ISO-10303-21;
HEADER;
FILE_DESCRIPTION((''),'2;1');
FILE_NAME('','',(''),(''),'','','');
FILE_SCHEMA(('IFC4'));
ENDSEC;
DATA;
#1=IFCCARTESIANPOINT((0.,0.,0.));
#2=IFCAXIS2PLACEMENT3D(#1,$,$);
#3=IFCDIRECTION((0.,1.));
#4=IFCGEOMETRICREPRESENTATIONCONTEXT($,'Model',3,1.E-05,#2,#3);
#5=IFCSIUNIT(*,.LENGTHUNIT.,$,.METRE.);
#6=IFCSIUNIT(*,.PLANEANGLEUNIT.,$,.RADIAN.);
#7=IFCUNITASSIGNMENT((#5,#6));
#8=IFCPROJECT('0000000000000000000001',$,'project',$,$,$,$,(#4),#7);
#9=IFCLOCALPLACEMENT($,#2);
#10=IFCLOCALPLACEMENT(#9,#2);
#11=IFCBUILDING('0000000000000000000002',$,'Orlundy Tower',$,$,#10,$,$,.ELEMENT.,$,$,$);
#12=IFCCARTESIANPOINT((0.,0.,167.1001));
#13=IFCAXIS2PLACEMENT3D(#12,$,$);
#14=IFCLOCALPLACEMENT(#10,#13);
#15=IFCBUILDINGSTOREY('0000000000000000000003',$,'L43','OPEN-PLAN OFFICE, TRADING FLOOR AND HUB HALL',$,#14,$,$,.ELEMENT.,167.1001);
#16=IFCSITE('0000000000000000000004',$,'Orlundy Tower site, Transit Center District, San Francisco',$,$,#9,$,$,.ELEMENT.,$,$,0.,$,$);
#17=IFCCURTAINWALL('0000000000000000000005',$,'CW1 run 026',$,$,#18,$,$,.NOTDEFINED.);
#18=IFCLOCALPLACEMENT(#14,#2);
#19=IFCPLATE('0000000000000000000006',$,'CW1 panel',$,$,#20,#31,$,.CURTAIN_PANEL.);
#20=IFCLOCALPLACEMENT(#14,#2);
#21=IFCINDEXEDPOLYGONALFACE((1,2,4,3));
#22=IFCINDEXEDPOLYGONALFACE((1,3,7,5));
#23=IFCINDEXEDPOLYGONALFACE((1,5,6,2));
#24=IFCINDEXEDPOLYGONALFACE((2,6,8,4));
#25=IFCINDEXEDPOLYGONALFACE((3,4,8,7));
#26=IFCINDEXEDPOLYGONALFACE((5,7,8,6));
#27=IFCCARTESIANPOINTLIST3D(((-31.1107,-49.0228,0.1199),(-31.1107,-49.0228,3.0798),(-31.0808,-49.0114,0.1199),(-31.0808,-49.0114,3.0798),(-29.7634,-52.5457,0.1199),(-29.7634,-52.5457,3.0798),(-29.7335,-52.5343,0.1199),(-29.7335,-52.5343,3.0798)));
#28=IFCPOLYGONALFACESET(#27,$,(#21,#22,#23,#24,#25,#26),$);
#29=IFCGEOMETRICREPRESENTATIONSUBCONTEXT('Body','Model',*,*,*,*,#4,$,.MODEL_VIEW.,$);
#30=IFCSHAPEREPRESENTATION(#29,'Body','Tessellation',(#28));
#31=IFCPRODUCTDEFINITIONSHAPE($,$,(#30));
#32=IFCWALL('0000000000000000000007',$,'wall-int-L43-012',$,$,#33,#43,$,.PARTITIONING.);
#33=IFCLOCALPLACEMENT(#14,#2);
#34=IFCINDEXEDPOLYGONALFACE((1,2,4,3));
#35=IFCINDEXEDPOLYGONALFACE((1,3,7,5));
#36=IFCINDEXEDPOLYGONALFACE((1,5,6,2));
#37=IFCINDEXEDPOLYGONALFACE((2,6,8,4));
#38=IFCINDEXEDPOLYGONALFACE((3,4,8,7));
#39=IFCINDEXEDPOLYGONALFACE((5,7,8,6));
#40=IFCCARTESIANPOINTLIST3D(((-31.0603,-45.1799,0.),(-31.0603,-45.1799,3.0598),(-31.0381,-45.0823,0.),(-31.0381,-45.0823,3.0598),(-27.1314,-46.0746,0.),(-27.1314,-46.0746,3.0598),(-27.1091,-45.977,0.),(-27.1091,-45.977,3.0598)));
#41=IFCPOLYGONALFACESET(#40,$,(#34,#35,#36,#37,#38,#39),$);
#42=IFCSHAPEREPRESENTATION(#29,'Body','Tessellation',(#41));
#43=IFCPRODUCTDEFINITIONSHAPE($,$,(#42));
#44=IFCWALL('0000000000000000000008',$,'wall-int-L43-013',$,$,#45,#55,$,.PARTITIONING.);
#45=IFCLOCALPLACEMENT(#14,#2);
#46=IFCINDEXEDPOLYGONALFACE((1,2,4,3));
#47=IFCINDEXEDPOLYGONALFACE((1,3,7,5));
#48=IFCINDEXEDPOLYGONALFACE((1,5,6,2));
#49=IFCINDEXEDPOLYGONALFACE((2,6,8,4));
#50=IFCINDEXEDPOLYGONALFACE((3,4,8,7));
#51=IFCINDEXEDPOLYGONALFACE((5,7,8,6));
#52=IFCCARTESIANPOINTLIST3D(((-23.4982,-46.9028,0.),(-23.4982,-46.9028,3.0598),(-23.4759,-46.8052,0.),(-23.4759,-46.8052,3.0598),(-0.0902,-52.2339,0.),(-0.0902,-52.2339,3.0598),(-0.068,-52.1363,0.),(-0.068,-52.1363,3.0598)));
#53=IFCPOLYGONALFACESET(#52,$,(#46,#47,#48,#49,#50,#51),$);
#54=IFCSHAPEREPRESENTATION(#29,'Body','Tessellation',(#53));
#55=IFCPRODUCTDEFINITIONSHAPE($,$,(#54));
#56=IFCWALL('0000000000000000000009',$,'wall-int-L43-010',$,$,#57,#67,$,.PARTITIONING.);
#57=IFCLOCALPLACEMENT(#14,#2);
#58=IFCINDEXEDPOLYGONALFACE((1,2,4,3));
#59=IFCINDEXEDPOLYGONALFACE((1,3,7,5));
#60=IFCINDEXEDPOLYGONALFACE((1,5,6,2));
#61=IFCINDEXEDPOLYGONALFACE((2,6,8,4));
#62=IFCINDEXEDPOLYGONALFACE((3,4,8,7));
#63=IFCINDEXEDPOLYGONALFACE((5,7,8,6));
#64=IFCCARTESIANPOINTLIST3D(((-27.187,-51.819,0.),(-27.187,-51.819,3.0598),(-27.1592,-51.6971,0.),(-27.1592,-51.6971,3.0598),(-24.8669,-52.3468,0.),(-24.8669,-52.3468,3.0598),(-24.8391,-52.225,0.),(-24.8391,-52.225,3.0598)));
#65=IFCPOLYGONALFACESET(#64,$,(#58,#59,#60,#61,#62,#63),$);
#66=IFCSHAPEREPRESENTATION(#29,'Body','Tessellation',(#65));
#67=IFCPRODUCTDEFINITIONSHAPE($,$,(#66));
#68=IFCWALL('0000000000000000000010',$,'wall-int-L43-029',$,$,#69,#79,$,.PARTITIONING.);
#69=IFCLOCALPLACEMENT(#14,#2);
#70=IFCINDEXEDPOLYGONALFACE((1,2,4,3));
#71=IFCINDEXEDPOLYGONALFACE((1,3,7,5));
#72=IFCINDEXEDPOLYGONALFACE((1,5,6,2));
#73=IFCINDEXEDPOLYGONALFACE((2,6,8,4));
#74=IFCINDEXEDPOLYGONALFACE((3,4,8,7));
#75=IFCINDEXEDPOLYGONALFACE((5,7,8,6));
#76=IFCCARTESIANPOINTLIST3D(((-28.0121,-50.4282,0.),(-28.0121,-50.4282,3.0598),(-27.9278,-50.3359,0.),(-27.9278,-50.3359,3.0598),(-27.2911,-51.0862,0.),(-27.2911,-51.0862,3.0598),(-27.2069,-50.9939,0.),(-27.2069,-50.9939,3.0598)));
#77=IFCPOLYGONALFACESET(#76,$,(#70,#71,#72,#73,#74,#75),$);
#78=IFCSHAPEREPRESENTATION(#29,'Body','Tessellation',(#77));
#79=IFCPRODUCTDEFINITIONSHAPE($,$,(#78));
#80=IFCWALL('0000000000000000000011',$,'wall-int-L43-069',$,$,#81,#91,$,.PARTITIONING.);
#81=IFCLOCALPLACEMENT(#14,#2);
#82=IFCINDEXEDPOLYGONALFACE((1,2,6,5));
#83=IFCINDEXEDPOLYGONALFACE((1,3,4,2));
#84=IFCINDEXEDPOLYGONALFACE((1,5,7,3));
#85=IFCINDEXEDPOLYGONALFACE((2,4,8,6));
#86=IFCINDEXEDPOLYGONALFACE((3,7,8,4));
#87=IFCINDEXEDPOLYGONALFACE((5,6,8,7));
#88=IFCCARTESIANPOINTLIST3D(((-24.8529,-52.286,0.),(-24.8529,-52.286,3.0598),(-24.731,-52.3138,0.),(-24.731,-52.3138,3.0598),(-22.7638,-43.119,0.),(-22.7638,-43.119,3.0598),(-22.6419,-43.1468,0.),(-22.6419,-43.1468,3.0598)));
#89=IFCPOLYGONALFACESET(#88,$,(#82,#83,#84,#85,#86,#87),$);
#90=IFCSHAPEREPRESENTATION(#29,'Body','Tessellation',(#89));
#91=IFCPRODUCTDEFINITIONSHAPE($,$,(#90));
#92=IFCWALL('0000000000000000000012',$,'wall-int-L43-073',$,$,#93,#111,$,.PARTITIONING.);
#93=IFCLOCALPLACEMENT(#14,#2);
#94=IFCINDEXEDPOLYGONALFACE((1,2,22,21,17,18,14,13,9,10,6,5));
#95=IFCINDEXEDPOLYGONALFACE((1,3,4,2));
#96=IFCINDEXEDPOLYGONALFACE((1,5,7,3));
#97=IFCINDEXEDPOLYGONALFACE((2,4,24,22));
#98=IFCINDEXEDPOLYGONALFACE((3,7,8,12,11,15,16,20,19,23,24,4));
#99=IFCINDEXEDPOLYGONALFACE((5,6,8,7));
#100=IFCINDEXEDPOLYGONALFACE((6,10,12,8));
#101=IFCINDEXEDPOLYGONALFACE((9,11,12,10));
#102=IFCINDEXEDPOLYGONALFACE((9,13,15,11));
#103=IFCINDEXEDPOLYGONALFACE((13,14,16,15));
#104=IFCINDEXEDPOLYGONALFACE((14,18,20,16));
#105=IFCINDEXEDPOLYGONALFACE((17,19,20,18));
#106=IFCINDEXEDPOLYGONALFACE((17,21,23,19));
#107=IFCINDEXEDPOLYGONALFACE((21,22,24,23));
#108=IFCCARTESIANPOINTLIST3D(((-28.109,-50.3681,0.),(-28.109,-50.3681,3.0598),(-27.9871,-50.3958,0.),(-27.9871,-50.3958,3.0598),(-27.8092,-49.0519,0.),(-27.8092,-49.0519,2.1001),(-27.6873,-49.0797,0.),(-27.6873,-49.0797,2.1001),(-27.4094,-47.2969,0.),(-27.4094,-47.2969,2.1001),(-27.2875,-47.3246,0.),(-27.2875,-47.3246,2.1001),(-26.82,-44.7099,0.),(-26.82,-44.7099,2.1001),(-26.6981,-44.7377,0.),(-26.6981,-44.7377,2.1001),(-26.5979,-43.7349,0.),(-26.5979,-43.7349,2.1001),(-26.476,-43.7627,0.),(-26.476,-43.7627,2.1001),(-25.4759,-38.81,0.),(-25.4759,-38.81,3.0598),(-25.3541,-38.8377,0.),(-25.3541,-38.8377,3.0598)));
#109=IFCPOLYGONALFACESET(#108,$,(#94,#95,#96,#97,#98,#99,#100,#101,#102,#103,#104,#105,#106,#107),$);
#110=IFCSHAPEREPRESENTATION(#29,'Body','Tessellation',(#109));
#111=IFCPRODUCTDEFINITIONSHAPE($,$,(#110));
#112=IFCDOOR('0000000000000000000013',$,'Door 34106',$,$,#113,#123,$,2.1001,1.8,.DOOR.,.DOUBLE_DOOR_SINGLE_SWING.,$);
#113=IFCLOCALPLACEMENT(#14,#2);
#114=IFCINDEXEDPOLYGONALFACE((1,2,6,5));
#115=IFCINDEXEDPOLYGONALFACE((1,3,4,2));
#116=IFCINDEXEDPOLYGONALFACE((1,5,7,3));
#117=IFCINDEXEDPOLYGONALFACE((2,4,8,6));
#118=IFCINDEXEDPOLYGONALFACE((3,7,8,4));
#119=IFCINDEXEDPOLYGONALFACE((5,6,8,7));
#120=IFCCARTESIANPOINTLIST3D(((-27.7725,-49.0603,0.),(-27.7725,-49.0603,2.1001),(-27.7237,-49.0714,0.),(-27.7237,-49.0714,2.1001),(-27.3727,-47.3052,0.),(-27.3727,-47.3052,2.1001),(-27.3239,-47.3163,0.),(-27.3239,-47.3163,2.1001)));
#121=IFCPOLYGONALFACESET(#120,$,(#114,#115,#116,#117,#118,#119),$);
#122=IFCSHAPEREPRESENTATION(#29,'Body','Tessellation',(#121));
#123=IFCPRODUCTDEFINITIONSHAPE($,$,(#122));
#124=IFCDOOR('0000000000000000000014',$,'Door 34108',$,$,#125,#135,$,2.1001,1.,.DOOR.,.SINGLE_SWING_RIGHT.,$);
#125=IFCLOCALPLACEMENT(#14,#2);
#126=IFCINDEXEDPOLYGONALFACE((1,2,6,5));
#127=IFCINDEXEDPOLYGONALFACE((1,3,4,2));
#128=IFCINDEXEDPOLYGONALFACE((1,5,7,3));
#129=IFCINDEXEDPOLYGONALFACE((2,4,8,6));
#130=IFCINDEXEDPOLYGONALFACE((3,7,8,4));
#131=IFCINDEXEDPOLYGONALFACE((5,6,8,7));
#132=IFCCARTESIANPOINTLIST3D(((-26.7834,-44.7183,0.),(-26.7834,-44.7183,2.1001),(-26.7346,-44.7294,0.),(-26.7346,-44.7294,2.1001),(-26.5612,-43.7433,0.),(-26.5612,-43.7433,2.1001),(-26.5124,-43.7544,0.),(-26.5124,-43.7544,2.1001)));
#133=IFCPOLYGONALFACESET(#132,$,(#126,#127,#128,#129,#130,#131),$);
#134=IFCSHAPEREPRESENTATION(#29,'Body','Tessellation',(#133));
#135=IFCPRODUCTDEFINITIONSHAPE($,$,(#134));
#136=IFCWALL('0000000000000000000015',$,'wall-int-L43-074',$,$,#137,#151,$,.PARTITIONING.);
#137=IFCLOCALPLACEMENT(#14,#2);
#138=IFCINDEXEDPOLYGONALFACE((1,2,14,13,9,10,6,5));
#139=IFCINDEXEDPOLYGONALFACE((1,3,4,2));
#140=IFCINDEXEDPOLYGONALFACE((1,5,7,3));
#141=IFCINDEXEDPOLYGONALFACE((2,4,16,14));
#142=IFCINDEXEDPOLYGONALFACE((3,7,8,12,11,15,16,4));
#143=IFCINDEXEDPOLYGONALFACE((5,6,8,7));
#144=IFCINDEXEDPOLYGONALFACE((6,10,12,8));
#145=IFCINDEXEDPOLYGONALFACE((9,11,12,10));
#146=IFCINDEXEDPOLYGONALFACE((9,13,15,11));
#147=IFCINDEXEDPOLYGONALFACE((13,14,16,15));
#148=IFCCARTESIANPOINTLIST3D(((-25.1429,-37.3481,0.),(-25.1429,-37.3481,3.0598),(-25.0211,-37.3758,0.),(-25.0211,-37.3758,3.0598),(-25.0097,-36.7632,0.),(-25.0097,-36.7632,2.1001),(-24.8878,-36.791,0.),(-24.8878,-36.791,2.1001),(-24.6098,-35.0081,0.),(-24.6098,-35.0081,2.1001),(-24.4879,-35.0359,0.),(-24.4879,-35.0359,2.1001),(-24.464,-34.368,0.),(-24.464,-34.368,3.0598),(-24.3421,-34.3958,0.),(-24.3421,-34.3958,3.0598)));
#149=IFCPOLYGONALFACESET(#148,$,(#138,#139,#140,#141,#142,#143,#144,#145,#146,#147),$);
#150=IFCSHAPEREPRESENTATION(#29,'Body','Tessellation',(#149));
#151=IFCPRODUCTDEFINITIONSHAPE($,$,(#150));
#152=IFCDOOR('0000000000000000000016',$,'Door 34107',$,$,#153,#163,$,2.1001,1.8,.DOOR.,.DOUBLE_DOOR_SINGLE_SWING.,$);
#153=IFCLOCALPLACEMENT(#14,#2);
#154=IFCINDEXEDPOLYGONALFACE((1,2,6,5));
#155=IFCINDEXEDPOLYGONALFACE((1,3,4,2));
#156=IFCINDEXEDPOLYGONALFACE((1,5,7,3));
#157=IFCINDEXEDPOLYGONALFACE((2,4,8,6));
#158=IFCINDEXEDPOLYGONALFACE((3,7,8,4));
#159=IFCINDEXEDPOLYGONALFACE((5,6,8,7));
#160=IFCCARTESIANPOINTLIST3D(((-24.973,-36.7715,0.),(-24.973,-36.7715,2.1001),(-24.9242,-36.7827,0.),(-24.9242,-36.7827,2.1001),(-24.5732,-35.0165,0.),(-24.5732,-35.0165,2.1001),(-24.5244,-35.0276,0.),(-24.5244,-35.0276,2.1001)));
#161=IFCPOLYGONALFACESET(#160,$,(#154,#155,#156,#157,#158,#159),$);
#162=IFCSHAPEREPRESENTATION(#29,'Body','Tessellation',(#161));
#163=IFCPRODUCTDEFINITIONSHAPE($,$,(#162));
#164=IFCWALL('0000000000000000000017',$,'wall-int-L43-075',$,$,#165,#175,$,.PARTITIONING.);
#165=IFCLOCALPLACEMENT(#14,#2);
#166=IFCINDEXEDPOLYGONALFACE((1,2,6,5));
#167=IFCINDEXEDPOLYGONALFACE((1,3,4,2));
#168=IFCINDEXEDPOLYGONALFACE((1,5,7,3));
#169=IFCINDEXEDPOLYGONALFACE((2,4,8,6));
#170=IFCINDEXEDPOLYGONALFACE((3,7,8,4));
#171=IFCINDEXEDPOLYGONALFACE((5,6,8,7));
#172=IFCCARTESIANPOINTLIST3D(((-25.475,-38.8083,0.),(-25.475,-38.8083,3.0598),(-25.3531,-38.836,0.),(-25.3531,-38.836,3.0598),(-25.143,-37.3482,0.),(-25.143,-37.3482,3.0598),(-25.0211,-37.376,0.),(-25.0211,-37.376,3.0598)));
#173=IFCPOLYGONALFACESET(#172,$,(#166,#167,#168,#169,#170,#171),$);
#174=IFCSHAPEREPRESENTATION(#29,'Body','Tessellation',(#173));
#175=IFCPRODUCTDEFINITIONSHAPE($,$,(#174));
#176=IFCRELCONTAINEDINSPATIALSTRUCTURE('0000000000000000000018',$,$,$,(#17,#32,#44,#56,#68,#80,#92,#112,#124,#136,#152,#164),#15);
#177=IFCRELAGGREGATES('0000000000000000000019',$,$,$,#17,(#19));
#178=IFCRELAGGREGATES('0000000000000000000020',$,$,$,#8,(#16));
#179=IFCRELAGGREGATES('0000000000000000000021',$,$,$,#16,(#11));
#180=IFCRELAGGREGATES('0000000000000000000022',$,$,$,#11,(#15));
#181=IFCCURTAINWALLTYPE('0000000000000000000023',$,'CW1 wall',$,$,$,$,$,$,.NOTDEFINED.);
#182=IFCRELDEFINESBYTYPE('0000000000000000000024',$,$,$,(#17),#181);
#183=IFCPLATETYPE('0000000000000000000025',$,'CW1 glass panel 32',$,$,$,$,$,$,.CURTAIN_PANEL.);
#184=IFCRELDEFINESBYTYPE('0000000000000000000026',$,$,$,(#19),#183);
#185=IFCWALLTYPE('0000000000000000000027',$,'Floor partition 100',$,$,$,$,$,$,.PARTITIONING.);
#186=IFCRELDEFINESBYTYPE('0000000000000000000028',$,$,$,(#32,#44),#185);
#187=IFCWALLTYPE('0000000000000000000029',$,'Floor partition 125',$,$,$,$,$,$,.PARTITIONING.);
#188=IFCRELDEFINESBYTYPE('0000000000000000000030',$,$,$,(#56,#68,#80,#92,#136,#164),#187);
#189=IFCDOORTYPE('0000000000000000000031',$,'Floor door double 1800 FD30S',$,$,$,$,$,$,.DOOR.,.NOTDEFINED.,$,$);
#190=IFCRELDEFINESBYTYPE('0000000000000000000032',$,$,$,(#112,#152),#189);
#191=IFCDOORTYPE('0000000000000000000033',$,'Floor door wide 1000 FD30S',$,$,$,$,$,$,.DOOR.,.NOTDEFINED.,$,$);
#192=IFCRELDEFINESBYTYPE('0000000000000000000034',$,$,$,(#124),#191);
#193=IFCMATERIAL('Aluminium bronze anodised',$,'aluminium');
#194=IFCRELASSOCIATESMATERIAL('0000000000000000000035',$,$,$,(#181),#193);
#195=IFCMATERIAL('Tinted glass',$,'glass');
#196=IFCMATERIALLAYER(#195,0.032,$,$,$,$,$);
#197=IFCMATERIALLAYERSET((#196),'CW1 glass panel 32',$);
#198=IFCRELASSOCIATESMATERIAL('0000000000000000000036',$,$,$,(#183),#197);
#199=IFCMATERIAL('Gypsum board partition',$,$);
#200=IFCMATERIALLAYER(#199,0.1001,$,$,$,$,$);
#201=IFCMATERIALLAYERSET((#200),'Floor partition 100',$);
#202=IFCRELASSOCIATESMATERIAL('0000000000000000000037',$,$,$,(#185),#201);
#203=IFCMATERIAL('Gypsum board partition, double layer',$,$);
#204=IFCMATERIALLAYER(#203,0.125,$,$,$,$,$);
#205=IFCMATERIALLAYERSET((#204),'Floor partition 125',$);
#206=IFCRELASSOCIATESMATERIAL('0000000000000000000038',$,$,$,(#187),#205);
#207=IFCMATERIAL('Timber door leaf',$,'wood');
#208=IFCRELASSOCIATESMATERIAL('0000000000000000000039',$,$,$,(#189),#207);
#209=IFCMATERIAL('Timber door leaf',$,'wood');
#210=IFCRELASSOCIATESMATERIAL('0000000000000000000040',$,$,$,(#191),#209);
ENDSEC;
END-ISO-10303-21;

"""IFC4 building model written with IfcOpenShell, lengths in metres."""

from ifc_helpers import new_model, si_unit, direction, frame, frame_2d, origin, origin_2d, place, context, subcontext, project, spatial, rectangle, extrude, material, layer, layer_set, type_object, element, fill, aggregate, save


model = new_model("IFC4")

# Units and contexts
model_context = context("Model", 3, precision=1e-05, world=origin(), true_north=direction((0.0, 1.0)))
body_context = subcontext(model_context, "Body", "Model", "MODEL_VIEW")
ifc_project = project(units=[si_unit("LENGTHUNIT", "METRE"), si_unit("PLANEANGLEUNIT", "RADIAN")], contexts=[model_context])

# Site, building, storey
site_placement = place(None, origin())
site = spatial("IfcSite", under=ifc_project, at=site_placement, Name="Orlundy Tower site, Transit Center District, San Francisco", CompositionType="ELEMENT", RefElevation=0.0)
building_placement = place(site_placement, origin())
building = spatial("IfcBuilding", under=site, at=building_placement, Name="Orlundy Tower", CompositionType="ELEMENT")
storey_placement = place(building_placement, frame((0.0, 0.0, 167.1001)))
storey = spatial("IfcBuildingStorey", under=building, at=storey_placement, Name="L43", Description="OPEN-PLAN OFFICE, TRADING FLOOR AND HUB HALL", CompositionType="ELEMENT", Elevation=167.1001)

# Shared definitions
ifc_material_1 = material(Name="Aluminium bronze anodised", Category="aluminium")
curtain_wall_type = type_object("IfcCurtainWallType", Name="CW1 wall", PredefinedType="NOTDEFINED", material=ifc_material_1)

# Curtain wall
curtain_wall_1_placement = place(storey_placement, origin())
curtain_wall_1 = element("IfcCurtainWall", 1, at=curtain_wall_1_placement, inside=storey, type_object=curtain_wall_type, Name="CW1 run 026", PredefinedType="NOTDEFINED")

# Plate
ifc_material_2 = material(Name="Tinted glass", Category="glass")
ifc_layer_1 = layer(ifc_material_2, 0.032)
ifc_layer_set_1 = layer_set([ifc_layer_1], Name="CW1 glass panel 32")
plate_type = type_object("IfcPlateType", Name="CW1 glass panel 32", PredefinedType="CURTAIN_PANEL", material=ifc_layer_set_1)
plate_1_placement = place(storey_placement, frame((-30.4221, -50.7786, 0.1199), z_axis=(0.0, 0.0, 1.0), x_axis=(-0.357207, 0.934025, 0.0)))
plate_1 = element("IfcPlate", 2, at=plate_1_placement, type_object=plate_type, Name="CW1 panel", PredefinedType="CURTAIN_PANEL", context=body_context, shape_type="SweptSolid", body=[
    extrude(rectangle(XDim=3.7717, YDim=0.032, at=origin_2d()), origin(), (0.0, 0.0, 1.0), 2.96),
])
aggregate(curtain_wall_1, [plate_1])

# Walls
ifc_material_3 = material(Name="Gypsum board partition")
ifc_layer_2 = layer(ifc_material_3, 0.1001)
ifc_layer_set_2 = layer_set([ifc_layer_2], Name="Floor partition 100")
wall_type_1 = type_object("IfcWallType", Name="Floor partition 100", PredefinedType="PARTITIONING", material=ifc_layer_set_2)
wall_1_placement = place(storey_placement, frame((-31.0491, -45.1311, 0.0), z_axis=(0.0, 0.0, 1.0), x_axis=(0.975035, -0.222053, 0.0)))
element("IfcWall", 3, at=wall_1_placement, inside=storey, type_object=wall_type_1, Name="wall-int-L43-012", PredefinedType="PARTITIONING", context=body_context, shape_type="SweptSolid", body=[
    extrude(rectangle(XDim=4.0295, YDim=0.1001, at=frame_2d((2.0146, 0.0))), origin(), (0.0, 0.0, 1.0), 3.0598),
])
wall_2_placement = place(storey_placement, frame((-23.4871, -46.854, 0.0), z_axis=(0.0, 0.0, 1.0), x_axis=(0.975033, -0.222059, 0.0)))
element("IfcWall", 4, at=wall_2_placement, inside=storey, type_object=wall_type_1, Name="wall-int-L43-013", PredefinedType="PARTITIONING", context=body_context, shape_type="SweptSolid", body=[
    extrude(rectangle(XDim=24.0073, YDim=0.1001, at=frame_2d((12.0037, 0.0))), origin(), (0.0, 0.0, 1.0), 3.0598),
])
ifc_material_4 = material(Name="Gypsum board partition, double layer")
ifc_layer_3 = layer(ifc_material_4, 0.125)
ifc_layer_set_3 = layer_set([ifc_layer_3], Name="Floor partition 125")
wall_type_2 = type_object("IfcWallType", Name="Floor partition 125", PredefinedType="PARTITIONING", material=ifc_layer_set_3)
wall_3_placement = place(storey_placement, frame((-27.1731, -51.7581, 0.0), z_axis=(0.0, 0.0, 1.0), x_axis=(0.975083, -0.221838, 0.0)))
element("IfcWall", 5, at=wall_3_placement, inside=storey, type_object=wall_type_2, Name="wall-int-L43-010", PredefinedType="PARTITIONING", context=body_context, shape_type="SweptSolid", body=[
    extrude(rectangle(XDim=2.3794, YDim=0.125, at=frame_2d((1.1897, 0.0))), origin(), (0.0, 0.0, 1.0), 3.0598),
])
wall_4_placement = place(storey_placement, frame((-27.97, -50.3821, 0.0), z_axis=(0.0, 0.0, 1.0), x_axis=(0.738637, -0.674103, 0.0)))
element("IfcWall", 6, at=wall_4_placement, inside=storey, type_object=wall_type_2, Name="wall-int-L43-029", PredefinedType="PARTITIONING", context=body_context, shape_type="SweptSolid", body=[
    extrude(rectangle(XDim=0.9761, YDim=0.125, at=frame_2d((0.488, 0.0))), origin(), (0.0, 0.0, 1.0), 3.0598),
])
wall_5_placement = place(storey_placement, frame((-24.792, -52.3, 0.0), z_axis=(0.0, 0.0, 1.0), x_axis=(0.222198, 0.975002, 0.0)))
element("IfcWall", 7, at=wall_5_placement, inside=storey, type_object=wall_type_2, Name="wall-int-L43-069", PredefinedType="PARTITIONING", context=body_context, shape_type="SweptSolid", body=[
    extrude(rectangle(XDim=9.4021, YDim=0.125, at=frame_2d((4.7012, 0.0))), origin(), (0.0, 0.0, 1.0), 3.0598),
])

# Wall, openings, doors
wall_6_placement = place(storey_placement, frame((-28.0481, -50.3821, 0.0), z_axis=(0.0, 0.0, 1.0), x_axis=(0.22212, 0.975019, 0.0)))
wall_6 = element("IfcWall", 8, at=wall_6_placement, inside=storey, type_object=wall_type_2, Name="wall-int-L43-073", PredefinedType="PARTITIONING", context=body_context, shape_type="SweptSolid", body=[
    extrude(rectangle(XDim=11.8542, YDim=0.125, at=frame_2d((5.9272, 0.0))), origin(), (0.0, 0.0, 1.0), 3.0598),
])
opening_1_placement = place(wall_6_placement, frame((1.3501, 0.0, 0.0)))
opening_1 = element("IfcOpeningElement", 9, at=opening_1_placement, cuts=wall_6, PredefinedType="OPENING", context=body_context, shape_type="SweptSolid", body=[
    extrude(rectangle(XDim=1.8, YDim=2.1001, at=frame_2d((0.8999, 1.05))), frame((0.0, 0.0725, 0.0), z_axis=(0.0, -1.0, 0.0), x_axis=(1.0, 0.0, 0.0)), (0.0, 0.0, 1.0), 0.145),
])
opening_2_placement = place(wall_6_placement, frame((5.8032, 0.0, 0.0)))
opening_2 = element("IfcOpeningElement", 10, at=opening_2_placement, cuts=wall_6, PredefinedType="OPENING", context=body_context, shape_type="SweptSolid", body=[
    extrude(rectangle(XDim=1.0, YDim=2.1001, at=frame_2d((0.5, 1.05))), frame((0.0, 0.0725, 0.0), z_axis=(0.0, -1.0, 0.0), x_axis=(1.0, 0.0, 0.0)), (0.0, 0.0, 1.0), 0.145),
])
ifc_material_5 = material(Name="Timber door leaf", Category="wood")
door_type_1 = type_object("IfcDoorType", Name="Floor door double 1800 FD30S", OperationType="NOTDEFINED", PredefinedType="DOOR", material=ifc_material_5)
door_1_placement = place(opening_1_placement, origin())
door_1 = element("IfcDoor", 11, at=door_1_placement, inside=storey, type_object=door_type_1, Name="Door 34106", OperationType="DOUBLE_DOOR_SINGLE_SWING", OverallHeight=2.1001, OverallWidth=1.8, PredefinedType="DOOR", context=body_context, shape_type="SweptSolid", body=[
    extrude(rectangle(XDim=1.8, YDim=2.1001, at=frame_2d((0.8999, 1.05))), frame((0.0, 0.0249, 0.0), z_axis=(0.0, -1.0, 0.0), x_axis=(1.0, 0.0, 0.0)), (0.0, 0.0, 1.0), 0.05),
])
fill(opening_1, door_1)
ifc_material_6 = material(Name="Timber door leaf", Category="wood")
door_type_2 = type_object("IfcDoorType", Name="Floor door wide 1000 FD30S", OperationType="NOTDEFINED", PredefinedType="DOOR", material=ifc_material_6)
door_2_placement = place(opening_2_placement, origin())
door_2 = element("IfcDoor", 12, at=door_2_placement, inside=storey, type_object=door_type_2, Name="Door 34108", OperationType="SINGLE_SWING_RIGHT", OverallHeight=2.1001, OverallWidth=1.0, PredefinedType="DOOR", context=body_context, shape_type="SweptSolid", body=[
    extrude(rectangle(XDim=1.0, YDim=2.1001, at=frame_2d((0.5, 1.05))), frame((0.0, 0.0249, 0.0), z_axis=(0.0, -1.0, 0.0), x_axis=(1.0, 0.0, 0.0)), (0.0, 0.0, 1.0), 0.05),
])
fill(opening_2, door_2)

# Wall, opening, door
wall_7_placement = place(storey_placement, frame((-25.082, -37.3621, 0.0), z_axis=(0.0, 0.0, 1.0), x_axis=(0.222146, 0.975013, 0.0)))
wall_7 = element("IfcWall", 13, at=wall_7_placement, inside=storey, type_object=wall_type_2, Name="wall-int-L43-074", PredefinedType="PARTITIONING", context=body_context, shape_type="SweptSolid", body=[
    extrude(rectangle(XDim=3.0564, YDim=0.125, at=frame_2d((1.5283, 0.0))), origin(), (0.0, 0.0, 1.0), 3.0598),
])
opening_3_placement = place(wall_7_placement, frame((0.6001, 0.0, 0.0)))
opening_3 = element("IfcOpeningElement", 14, at=opening_3_placement, cuts=wall_7, PredefinedType="OPENING", context=body_context, shape_type="SweptSolid", body=[
    extrude(rectangle(XDim=1.8, YDim=2.1001, at=frame_2d((0.8999, 1.05))), frame((0.0, 0.0725, 0.0), z_axis=(0.0, -1.0, 0.0), x_axis=(1.0, 0.0, 0.0)), (0.0, 0.0, 1.0), 0.145),
])
door_3_placement = place(opening_3_placement, origin())
door_3 = element("IfcDoor", 15, at=door_3_placement, inside=storey, type_object=door_type_1, Name="Door 34107", OperationType="DOUBLE_DOOR_SINGLE_SWING", OverallHeight=2.1001, OverallWidth=1.8, PredefinedType="DOOR", context=body_context, shape_type="SweptSolid", body=[
    extrude(rectangle(XDim=1.8, YDim=2.1001, at=frame_2d((0.8999, 1.05))), frame((0.0, 0.0249, 0.0), z_axis=(0.0, -1.0, 0.0), x_axis=(1.0, 0.0, 0.0)), (0.0, 0.0, 1.0), 0.05),
])
fill(opening_3, door_3)

# Wall
wall_8_placement = place(storey_placement, frame((-25.4141, -38.822, 0.0), z_axis=(0.0, 0.0, 1.0), x_axis=(0.221762, 0.975101, 0.0)))
element("IfcWall", 16, at=wall_8_placement, inside=storey, type_object=wall_type_2, Name="wall-int-L43-075", PredefinedType="PARTITIONING", context=body_context, shape_type="SweptSolid", body=[
    extrude(rectangle(XDim=1.4973, YDim=0.125, at=frame_2d((0.7485, 0.0))), origin(), (0.0, 0.0, 1.0), 3.0598),
])

save(model, "model.ifc")
